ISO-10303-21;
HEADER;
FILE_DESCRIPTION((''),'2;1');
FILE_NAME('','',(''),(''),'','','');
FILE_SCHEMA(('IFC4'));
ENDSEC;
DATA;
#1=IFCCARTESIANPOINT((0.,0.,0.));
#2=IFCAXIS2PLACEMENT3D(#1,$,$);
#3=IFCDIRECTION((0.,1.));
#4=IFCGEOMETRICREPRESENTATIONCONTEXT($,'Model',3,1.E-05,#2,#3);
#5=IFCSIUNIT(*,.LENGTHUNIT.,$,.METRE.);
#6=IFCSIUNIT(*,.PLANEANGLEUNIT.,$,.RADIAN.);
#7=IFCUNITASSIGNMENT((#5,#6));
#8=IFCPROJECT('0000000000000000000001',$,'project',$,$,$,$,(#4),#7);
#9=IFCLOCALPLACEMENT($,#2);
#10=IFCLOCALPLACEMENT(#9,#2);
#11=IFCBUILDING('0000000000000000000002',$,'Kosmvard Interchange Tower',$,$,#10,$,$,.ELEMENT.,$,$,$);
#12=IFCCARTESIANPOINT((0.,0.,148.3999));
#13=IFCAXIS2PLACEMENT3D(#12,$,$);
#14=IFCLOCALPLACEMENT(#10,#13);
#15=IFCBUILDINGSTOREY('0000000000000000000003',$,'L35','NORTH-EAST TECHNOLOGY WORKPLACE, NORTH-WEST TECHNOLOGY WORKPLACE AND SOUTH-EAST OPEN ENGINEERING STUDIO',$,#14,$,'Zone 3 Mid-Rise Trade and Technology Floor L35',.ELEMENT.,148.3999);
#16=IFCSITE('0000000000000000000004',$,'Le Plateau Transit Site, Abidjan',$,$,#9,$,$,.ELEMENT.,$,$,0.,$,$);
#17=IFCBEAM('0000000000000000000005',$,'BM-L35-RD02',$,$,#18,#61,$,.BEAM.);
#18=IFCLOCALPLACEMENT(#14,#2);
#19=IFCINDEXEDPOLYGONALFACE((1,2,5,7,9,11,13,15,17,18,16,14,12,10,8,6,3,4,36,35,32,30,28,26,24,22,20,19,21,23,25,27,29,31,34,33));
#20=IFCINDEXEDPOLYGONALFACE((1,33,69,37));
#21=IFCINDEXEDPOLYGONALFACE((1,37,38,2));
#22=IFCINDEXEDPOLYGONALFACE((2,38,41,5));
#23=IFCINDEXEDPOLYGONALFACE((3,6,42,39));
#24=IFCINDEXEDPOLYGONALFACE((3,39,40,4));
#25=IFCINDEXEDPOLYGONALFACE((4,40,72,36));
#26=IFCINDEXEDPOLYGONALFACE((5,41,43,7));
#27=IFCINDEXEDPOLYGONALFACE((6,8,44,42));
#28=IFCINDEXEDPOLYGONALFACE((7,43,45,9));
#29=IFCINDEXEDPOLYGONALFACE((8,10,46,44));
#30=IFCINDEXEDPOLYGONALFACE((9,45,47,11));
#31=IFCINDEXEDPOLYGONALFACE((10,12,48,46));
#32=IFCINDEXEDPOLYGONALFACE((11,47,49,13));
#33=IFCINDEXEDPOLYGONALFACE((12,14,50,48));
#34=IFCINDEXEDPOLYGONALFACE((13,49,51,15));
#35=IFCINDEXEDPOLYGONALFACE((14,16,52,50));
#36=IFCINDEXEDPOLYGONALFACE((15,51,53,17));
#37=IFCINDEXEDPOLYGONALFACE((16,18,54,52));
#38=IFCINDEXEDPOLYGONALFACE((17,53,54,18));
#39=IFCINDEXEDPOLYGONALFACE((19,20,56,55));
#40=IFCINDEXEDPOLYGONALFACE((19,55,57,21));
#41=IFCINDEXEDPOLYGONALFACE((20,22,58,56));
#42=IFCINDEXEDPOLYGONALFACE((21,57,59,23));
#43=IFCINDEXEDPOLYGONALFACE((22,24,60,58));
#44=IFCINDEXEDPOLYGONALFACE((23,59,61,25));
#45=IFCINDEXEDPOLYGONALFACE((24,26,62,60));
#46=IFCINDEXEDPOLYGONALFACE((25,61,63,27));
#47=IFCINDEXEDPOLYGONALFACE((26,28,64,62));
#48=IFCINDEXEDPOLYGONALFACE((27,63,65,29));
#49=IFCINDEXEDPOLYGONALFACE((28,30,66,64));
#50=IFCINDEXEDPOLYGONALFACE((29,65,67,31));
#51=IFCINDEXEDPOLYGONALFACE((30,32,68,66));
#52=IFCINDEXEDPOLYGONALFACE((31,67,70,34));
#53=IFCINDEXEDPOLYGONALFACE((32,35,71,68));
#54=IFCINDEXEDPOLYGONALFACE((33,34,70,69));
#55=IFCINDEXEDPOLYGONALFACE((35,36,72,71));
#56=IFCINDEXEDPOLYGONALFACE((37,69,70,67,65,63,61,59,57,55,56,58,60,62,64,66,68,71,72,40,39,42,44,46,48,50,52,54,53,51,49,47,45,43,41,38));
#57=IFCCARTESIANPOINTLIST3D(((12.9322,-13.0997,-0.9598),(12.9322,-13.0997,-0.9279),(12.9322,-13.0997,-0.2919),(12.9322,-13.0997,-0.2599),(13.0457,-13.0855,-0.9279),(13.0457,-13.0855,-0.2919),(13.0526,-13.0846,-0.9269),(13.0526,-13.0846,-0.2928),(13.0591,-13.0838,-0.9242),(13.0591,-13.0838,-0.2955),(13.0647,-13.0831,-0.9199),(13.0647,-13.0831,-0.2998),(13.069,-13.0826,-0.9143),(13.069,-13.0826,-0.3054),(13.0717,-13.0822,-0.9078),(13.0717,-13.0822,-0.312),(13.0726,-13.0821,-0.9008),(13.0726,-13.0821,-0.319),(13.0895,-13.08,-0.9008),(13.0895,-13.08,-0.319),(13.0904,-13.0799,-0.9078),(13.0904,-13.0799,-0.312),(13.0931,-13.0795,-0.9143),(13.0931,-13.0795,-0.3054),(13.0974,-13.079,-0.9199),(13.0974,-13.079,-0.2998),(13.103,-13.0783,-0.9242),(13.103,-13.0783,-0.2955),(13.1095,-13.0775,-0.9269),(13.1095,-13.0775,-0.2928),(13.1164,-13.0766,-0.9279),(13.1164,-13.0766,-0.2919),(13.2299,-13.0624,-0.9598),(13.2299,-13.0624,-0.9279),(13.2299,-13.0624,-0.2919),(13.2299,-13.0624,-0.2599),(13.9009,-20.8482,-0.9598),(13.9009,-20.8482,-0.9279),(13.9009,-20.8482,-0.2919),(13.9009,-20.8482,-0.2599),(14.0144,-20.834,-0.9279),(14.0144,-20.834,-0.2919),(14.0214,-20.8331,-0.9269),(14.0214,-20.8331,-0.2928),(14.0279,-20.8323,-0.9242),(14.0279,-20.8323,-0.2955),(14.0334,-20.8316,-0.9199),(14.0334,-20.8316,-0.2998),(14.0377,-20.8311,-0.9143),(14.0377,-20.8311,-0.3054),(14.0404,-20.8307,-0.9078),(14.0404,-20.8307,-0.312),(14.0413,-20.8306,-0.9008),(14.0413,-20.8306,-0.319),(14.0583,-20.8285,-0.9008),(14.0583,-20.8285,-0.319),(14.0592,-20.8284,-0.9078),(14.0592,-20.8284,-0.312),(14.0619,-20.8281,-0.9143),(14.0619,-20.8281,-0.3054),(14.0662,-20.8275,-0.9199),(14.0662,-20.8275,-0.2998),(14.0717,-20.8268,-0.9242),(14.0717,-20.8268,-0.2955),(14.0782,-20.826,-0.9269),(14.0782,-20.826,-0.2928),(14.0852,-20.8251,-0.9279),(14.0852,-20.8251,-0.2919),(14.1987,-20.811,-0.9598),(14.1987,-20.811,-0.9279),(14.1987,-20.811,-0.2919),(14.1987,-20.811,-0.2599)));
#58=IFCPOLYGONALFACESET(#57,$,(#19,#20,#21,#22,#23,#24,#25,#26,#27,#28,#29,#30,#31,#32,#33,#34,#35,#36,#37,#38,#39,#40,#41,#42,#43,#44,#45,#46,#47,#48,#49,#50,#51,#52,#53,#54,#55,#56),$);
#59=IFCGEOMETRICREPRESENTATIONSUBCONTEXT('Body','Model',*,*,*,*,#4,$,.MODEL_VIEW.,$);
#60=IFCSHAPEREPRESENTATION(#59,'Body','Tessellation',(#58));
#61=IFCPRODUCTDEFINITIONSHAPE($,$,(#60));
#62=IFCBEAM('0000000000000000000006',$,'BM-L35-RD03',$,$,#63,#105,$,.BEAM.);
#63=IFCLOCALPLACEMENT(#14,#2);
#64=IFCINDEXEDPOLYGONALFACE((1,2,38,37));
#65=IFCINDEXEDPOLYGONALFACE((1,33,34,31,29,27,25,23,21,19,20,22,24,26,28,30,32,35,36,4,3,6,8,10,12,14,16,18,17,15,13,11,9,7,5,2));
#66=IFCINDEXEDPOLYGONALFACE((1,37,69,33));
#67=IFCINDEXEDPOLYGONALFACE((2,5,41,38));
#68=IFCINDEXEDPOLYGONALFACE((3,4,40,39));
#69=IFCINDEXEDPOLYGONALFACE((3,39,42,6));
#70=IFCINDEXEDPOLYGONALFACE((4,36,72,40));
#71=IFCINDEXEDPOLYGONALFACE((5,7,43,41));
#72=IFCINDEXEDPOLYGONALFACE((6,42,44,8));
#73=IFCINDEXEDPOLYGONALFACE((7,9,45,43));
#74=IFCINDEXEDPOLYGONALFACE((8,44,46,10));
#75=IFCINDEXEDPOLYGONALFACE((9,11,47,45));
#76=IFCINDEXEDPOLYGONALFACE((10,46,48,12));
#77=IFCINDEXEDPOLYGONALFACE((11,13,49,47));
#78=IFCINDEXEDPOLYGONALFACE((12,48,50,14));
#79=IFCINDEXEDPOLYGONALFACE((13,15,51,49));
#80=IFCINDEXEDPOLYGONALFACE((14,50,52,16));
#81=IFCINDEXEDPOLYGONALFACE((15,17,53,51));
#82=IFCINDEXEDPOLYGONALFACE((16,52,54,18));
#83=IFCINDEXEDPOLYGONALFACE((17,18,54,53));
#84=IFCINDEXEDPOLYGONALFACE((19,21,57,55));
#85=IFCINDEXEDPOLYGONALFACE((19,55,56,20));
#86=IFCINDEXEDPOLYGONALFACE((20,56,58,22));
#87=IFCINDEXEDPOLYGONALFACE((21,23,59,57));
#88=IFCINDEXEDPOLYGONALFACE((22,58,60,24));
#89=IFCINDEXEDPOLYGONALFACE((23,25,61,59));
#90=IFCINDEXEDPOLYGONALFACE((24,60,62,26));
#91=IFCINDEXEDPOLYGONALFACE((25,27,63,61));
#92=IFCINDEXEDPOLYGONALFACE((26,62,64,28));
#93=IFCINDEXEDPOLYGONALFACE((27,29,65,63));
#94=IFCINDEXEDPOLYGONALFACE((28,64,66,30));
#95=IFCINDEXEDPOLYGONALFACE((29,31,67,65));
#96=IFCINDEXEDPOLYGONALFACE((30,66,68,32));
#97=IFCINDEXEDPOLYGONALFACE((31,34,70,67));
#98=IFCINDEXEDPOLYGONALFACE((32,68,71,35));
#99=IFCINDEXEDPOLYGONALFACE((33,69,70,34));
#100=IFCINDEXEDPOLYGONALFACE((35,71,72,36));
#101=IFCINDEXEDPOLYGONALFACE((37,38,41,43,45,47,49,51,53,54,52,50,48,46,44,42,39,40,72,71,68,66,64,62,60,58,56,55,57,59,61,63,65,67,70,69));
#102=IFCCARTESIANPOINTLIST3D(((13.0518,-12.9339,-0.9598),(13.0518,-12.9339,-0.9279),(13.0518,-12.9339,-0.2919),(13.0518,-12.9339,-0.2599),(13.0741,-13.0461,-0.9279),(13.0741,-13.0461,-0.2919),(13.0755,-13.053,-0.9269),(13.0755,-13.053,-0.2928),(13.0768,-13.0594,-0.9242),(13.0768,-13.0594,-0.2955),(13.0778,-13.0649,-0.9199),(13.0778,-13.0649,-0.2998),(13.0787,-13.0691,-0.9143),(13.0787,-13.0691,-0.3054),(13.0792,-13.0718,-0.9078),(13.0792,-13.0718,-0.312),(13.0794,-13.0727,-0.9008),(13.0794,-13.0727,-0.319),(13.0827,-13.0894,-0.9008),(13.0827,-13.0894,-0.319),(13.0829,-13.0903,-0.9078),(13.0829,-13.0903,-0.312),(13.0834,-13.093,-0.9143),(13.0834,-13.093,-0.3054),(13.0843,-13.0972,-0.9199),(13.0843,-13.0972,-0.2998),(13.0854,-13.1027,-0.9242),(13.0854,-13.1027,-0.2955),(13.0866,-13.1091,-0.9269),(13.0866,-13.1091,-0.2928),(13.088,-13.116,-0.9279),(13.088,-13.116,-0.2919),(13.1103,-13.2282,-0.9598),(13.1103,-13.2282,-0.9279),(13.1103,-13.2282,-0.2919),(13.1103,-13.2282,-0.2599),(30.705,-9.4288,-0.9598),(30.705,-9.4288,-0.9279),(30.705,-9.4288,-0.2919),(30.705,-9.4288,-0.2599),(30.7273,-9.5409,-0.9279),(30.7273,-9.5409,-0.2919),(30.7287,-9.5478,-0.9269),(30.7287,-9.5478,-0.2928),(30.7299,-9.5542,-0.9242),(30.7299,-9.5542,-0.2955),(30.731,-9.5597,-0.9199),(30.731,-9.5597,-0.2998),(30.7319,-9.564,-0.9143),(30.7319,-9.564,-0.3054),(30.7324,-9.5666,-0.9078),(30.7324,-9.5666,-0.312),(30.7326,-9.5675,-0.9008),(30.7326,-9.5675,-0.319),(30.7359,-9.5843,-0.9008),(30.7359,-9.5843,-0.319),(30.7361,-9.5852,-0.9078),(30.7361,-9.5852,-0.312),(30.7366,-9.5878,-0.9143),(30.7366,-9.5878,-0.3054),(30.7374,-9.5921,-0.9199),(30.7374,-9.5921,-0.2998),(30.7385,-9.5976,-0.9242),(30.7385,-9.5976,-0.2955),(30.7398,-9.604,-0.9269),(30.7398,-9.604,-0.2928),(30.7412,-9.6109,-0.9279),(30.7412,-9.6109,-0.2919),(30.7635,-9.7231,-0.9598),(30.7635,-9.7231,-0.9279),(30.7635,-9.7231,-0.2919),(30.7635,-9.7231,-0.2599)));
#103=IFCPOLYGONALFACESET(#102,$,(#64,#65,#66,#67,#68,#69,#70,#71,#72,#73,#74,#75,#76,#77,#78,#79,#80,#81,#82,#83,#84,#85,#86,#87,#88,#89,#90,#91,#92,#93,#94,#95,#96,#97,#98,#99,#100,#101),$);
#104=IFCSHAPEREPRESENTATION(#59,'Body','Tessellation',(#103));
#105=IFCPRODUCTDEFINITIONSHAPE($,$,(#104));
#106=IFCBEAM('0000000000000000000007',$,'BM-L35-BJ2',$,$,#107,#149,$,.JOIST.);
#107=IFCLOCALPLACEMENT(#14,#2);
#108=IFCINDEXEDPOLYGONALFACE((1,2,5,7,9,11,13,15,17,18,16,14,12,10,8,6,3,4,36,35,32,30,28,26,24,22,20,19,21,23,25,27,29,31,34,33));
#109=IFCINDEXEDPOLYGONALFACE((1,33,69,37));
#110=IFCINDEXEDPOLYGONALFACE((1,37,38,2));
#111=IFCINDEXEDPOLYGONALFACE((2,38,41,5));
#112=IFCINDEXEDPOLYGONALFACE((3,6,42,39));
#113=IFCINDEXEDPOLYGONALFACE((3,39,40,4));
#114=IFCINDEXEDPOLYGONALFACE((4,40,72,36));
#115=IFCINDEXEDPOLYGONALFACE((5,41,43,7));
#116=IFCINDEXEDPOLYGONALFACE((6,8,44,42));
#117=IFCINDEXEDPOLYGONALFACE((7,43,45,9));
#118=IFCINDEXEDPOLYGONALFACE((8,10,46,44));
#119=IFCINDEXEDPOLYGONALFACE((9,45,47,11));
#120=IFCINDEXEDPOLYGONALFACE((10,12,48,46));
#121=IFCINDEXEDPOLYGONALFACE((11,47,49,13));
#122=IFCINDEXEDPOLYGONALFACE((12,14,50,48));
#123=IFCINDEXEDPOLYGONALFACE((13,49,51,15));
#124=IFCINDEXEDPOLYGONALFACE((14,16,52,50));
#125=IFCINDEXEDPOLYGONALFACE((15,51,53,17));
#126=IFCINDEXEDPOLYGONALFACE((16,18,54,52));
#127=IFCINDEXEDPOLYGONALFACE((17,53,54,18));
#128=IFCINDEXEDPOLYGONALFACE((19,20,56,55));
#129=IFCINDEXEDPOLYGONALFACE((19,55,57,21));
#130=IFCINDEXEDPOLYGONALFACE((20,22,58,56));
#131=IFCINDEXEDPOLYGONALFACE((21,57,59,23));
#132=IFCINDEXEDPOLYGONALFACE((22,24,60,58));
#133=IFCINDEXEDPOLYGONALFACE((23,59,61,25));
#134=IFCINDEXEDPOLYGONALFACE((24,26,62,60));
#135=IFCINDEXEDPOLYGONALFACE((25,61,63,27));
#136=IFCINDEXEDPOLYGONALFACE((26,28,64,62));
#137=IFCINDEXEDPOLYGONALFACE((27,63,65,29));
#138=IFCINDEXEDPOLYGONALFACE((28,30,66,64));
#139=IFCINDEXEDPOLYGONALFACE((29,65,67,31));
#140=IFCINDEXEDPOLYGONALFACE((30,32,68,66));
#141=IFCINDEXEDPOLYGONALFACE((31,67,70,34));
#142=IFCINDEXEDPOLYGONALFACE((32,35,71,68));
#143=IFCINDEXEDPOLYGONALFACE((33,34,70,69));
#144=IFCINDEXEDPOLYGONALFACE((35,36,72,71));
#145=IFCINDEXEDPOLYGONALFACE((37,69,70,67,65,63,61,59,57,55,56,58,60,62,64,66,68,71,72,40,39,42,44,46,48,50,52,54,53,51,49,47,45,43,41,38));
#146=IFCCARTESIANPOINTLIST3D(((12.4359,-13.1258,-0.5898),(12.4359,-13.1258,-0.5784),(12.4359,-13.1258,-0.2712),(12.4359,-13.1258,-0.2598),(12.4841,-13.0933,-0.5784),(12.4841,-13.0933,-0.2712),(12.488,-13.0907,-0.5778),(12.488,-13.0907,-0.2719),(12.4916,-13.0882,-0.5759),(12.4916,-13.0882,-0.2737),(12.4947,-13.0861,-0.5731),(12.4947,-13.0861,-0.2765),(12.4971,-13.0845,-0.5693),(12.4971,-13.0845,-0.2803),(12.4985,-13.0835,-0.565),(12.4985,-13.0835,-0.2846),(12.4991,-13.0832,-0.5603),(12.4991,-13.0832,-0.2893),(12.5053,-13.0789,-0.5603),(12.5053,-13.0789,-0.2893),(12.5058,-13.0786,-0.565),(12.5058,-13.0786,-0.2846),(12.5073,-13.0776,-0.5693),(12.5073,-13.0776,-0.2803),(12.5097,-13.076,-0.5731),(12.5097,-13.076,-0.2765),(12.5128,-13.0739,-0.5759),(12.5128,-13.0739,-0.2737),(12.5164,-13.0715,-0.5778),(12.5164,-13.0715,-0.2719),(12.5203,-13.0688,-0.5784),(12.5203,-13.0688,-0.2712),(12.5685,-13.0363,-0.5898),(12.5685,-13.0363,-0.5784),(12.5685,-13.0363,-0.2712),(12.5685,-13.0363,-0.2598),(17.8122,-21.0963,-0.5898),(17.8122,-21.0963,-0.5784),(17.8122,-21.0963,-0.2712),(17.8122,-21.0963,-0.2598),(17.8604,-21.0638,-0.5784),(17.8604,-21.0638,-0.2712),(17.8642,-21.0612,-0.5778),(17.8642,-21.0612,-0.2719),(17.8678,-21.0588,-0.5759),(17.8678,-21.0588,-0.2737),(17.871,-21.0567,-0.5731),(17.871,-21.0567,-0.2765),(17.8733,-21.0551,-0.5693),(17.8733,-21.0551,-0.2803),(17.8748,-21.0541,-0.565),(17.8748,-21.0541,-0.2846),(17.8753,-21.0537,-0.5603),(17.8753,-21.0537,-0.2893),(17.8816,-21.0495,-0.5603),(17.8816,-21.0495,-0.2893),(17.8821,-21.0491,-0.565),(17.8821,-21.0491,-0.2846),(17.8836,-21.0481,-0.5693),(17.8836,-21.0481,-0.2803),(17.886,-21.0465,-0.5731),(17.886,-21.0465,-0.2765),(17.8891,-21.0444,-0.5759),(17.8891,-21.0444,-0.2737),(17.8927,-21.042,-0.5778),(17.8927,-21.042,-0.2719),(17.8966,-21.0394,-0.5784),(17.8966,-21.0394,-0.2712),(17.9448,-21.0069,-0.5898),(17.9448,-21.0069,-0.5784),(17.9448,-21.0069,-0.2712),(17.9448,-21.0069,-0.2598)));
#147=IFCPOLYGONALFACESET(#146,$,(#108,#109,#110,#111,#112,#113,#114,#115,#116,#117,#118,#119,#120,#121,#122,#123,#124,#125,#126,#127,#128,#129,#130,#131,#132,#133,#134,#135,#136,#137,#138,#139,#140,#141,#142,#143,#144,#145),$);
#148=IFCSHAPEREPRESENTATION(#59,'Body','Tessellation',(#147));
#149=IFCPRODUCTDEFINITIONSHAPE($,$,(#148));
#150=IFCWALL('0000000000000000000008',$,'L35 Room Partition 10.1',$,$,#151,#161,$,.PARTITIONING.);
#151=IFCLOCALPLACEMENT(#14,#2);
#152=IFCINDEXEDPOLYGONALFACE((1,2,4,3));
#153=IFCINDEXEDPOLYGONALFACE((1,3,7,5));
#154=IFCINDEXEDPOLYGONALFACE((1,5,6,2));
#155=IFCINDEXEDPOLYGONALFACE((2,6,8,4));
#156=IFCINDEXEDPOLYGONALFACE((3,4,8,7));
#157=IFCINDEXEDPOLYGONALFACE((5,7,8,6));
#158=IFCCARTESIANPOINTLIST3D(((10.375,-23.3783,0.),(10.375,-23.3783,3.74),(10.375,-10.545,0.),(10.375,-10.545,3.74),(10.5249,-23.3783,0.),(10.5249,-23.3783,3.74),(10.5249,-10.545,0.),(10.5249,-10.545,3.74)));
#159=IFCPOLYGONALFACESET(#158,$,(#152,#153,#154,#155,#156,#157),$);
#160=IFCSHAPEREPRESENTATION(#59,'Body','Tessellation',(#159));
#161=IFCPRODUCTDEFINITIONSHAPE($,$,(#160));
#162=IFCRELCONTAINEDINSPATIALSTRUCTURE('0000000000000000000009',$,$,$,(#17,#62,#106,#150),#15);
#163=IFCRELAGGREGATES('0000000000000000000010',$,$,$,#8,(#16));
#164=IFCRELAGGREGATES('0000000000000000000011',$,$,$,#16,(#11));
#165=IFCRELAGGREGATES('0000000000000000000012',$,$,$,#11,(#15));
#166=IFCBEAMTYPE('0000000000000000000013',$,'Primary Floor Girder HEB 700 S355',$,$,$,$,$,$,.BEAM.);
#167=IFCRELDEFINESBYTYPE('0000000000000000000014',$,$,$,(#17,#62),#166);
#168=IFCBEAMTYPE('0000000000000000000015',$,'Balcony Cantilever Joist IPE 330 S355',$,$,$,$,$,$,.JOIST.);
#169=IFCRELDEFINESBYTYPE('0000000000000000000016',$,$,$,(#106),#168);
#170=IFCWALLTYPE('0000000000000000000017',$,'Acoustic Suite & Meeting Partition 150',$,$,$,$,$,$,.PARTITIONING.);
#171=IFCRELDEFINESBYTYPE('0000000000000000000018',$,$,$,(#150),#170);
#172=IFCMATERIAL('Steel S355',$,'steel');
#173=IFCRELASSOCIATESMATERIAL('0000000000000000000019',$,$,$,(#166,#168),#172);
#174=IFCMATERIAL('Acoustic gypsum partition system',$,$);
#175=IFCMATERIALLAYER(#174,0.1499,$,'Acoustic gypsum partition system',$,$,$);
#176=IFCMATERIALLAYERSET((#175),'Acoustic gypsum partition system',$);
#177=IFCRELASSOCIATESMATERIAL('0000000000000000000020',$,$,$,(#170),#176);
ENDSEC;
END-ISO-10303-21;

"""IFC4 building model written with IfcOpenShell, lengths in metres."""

from ifc_helpers import new_model, si_unit, direction, frame, frame_2d, origin, origin_2d, place, context, subcontext, project, spatial, rectangle, i_section, extrude, source, transform, mapped, material, layer, layer_set, material_profile, profile_set, type_object, element, save


model = new_model("IFC4")

# Units and contexts
model_context = context("Model", 3, precision=1e-05, world=origin(), true_north=direction((0.0, 1.0)))
body_context = subcontext(model_context, "Body", "Model", "MODEL_VIEW")
ifc_project = project(units=[si_unit("LENGTHUNIT", "METRE"), si_unit("PLANEANGLEUNIT", "RADIAN")], contexts=[model_context])

# Site, building, storey
site_placement = place(None, origin())
site = spatial("IfcSite", under=ifc_project, at=site_placement, Name="Le Plateau Transit Site, Abidjan", CompositionType="ELEMENT", RefElevation=0.0)
building_placement = place(site_placement, origin())
building = spatial("IfcBuilding", under=site, at=building_placement, Name="Kosmvard Interchange Tower", CompositionType="ELEMENT")
storey_placement = place(building_placement, frame((0.0, 0.0, 148.3999)))
storey = spatial("IfcBuildingStorey", under=building, at=storey_placement, Name="L35", Description="NORTH-EAST TECHNOLOGY WORKPLACE, NORTH-WEST TECHNOLOGY WORKPLACE AND SOUTH-EAST OPEN ENGINEERING STUDIO", LongName="Zone 3 Mid-Rise Trade and Technology Floor L35", CompositionType="ELEMENT", Elevation=148.3999)

# Beams
ifc_material_1 = material(Name="Steel S355", Category="steel")
ifc_material_profile_1 = material_profile(ifc_material_1, i_section(OverallWidth=0.3, OverallDepth=0.7, WebThickness=0.0171, FlangeThickness=0.032, FilletRadius=0.0271, at=origin_2d()), Name="HEB 700")
ifc_profile_set_1 = profile_set([ifc_material_profile_1], Name="Steel S355")
beam_type_1 = type_object("IfcBeamType", Name="Primary Floor Girder HEB 700 S355", PredefinedType="BEAM", material=ifc_profile_set_1)
shared_shape_1 = source(origin(), body_context, "Body", "SweptSolid", [
    extrude(i_section(OverallWidth=0.3, OverallDepth=0.7, WebThickness=0.0171, FlangeThickness=0.032, FilletRadius=0.0271, at=origin_2d()), origin(), (0.0, 0.0, 1.0), 7.8088),
])
beam_1_placement = place(storey_placement, frame((13.0811, -13.0811, -0.6099), z_axis=(0.124058, -0.992275, 0.0), x_axis=(0.992275, 0.124058, 0.0)))
element("IfcBeam", 1, at=beam_1_placement, inside=storey, type_object=beam_type_1, Name="BM-L35-RD02", PredefinedType="BEAM", context=body_context, shape_type="MappedRepresentation", body=[
    mapped(shared_shape_1, transform((0.0, 0.0, 0.0), scale=1.0)),
])
shared_shape_2 = source(origin(), body_context, "Body", "SweptSolid", [
    extrude(i_section(OverallWidth=0.3, OverallDepth=0.7, WebThickness=0.0171, FlangeThickness=0.032, FilletRadius=0.0271, at=origin_2d()), origin(), (0.0, 0.0, 1.0), 17.9978),
])
beam_2_placement = place(storey_placement, frame((13.0811, -13.0811, -0.6099), z_axis=(0.980852, 0.194754, 0.0), x_axis=(-0.194754, 0.980852, 0.0)))
element("IfcBeam", 2, at=beam_2_placement, inside=storey, type_object=beam_type_1, Name="BM-L35-RD03", PredefinedType="BEAM", context=body_context, shape_type="MappedRepresentation", body=[
    mapped(shared_shape_2, transform((0.0, 0.0, 0.0), scale=1.0)),
])
ifc_material_profile_2 = material_profile(ifc_material_1, i_section(OverallWidth=0.1599, OverallDepth=0.3301, WebThickness=0.0076, FlangeThickness=0.0115, FilletRadius=0.0181, at=origin_2d()), Name="IPE 330")
ifc_profile_set_2 = profile_set([ifc_material_profile_2], Name="Steel S355")
beam_type_2 = type_object("IfcBeamType", Name="Balcony Cantilever Joist IPE 330 S355", PredefinedType="JOIST", material=ifc_profile_set_2)
shared_shape_3 = source(origin(), body_context, "Body", "SweptSolid", [
    extrude(i_section(OverallWidth=0.1599, OverallDepth=0.3301, WebThickness=0.0076, FlangeThickness=0.0115, FilletRadius=0.0181, at=origin_2d()), origin(), (0.0, 0.0, 1.0), 9.6143),
])
beam_3_placement = place(storey_placement, frame((12.5022, -13.0811, -0.4248), z_axis=(0.559198, -0.829034, 0.0), x_axis=(0.829034, 0.559198, 0.0)))
element("IfcBeam", 3, at=beam_3_placement, inside=storey, type_object=beam_type_2, Name="BM-L35-BJ2", PredefinedType="JOIST", context=body_context, shape_type="MappedRepresentation", body=[
    mapped(shared_shape_3, transform((0.0, 0.0, 0.0), scale=1.0)),
])

# Wall
ifc_material_2 = material(Name="Acoustic gypsum partition system")
ifc_layer_1 = layer(ifc_material_2, 0.1499, Name="Acoustic gypsum partition system")
ifc_layer_set_1 = layer_set([ifc_layer_1], Name="Acoustic gypsum partition system")
wall_type_1 = type_object("IfcWallType", Name="Acoustic Suite & Meeting Partition 150", PredefinedType="PARTITIONING", material=ifc_layer_set_1)
wall_1_placement = place(storey_placement, frame((10.45, -23.3782, 0.0), z_axis=(0.0, 0.0, 1.0), x_axis=(0.0, 1.0, 0.0)))
element("IfcWall", 4, at=wall_1_placement, inside=storey, type_object=wall_type_1, Name="L35 Room Partition 10.1", PredefinedType="PARTITIONING", context=body_context, shape_type="SweptSolid", body=[
    extrude(rectangle(XDim=12.8333, YDim=0.1499, at=frame_2d((6.4165, 0.0))), origin(), (0.0, 0.0, 1.0), 3.74),
])

save(model, "model.ifc")
